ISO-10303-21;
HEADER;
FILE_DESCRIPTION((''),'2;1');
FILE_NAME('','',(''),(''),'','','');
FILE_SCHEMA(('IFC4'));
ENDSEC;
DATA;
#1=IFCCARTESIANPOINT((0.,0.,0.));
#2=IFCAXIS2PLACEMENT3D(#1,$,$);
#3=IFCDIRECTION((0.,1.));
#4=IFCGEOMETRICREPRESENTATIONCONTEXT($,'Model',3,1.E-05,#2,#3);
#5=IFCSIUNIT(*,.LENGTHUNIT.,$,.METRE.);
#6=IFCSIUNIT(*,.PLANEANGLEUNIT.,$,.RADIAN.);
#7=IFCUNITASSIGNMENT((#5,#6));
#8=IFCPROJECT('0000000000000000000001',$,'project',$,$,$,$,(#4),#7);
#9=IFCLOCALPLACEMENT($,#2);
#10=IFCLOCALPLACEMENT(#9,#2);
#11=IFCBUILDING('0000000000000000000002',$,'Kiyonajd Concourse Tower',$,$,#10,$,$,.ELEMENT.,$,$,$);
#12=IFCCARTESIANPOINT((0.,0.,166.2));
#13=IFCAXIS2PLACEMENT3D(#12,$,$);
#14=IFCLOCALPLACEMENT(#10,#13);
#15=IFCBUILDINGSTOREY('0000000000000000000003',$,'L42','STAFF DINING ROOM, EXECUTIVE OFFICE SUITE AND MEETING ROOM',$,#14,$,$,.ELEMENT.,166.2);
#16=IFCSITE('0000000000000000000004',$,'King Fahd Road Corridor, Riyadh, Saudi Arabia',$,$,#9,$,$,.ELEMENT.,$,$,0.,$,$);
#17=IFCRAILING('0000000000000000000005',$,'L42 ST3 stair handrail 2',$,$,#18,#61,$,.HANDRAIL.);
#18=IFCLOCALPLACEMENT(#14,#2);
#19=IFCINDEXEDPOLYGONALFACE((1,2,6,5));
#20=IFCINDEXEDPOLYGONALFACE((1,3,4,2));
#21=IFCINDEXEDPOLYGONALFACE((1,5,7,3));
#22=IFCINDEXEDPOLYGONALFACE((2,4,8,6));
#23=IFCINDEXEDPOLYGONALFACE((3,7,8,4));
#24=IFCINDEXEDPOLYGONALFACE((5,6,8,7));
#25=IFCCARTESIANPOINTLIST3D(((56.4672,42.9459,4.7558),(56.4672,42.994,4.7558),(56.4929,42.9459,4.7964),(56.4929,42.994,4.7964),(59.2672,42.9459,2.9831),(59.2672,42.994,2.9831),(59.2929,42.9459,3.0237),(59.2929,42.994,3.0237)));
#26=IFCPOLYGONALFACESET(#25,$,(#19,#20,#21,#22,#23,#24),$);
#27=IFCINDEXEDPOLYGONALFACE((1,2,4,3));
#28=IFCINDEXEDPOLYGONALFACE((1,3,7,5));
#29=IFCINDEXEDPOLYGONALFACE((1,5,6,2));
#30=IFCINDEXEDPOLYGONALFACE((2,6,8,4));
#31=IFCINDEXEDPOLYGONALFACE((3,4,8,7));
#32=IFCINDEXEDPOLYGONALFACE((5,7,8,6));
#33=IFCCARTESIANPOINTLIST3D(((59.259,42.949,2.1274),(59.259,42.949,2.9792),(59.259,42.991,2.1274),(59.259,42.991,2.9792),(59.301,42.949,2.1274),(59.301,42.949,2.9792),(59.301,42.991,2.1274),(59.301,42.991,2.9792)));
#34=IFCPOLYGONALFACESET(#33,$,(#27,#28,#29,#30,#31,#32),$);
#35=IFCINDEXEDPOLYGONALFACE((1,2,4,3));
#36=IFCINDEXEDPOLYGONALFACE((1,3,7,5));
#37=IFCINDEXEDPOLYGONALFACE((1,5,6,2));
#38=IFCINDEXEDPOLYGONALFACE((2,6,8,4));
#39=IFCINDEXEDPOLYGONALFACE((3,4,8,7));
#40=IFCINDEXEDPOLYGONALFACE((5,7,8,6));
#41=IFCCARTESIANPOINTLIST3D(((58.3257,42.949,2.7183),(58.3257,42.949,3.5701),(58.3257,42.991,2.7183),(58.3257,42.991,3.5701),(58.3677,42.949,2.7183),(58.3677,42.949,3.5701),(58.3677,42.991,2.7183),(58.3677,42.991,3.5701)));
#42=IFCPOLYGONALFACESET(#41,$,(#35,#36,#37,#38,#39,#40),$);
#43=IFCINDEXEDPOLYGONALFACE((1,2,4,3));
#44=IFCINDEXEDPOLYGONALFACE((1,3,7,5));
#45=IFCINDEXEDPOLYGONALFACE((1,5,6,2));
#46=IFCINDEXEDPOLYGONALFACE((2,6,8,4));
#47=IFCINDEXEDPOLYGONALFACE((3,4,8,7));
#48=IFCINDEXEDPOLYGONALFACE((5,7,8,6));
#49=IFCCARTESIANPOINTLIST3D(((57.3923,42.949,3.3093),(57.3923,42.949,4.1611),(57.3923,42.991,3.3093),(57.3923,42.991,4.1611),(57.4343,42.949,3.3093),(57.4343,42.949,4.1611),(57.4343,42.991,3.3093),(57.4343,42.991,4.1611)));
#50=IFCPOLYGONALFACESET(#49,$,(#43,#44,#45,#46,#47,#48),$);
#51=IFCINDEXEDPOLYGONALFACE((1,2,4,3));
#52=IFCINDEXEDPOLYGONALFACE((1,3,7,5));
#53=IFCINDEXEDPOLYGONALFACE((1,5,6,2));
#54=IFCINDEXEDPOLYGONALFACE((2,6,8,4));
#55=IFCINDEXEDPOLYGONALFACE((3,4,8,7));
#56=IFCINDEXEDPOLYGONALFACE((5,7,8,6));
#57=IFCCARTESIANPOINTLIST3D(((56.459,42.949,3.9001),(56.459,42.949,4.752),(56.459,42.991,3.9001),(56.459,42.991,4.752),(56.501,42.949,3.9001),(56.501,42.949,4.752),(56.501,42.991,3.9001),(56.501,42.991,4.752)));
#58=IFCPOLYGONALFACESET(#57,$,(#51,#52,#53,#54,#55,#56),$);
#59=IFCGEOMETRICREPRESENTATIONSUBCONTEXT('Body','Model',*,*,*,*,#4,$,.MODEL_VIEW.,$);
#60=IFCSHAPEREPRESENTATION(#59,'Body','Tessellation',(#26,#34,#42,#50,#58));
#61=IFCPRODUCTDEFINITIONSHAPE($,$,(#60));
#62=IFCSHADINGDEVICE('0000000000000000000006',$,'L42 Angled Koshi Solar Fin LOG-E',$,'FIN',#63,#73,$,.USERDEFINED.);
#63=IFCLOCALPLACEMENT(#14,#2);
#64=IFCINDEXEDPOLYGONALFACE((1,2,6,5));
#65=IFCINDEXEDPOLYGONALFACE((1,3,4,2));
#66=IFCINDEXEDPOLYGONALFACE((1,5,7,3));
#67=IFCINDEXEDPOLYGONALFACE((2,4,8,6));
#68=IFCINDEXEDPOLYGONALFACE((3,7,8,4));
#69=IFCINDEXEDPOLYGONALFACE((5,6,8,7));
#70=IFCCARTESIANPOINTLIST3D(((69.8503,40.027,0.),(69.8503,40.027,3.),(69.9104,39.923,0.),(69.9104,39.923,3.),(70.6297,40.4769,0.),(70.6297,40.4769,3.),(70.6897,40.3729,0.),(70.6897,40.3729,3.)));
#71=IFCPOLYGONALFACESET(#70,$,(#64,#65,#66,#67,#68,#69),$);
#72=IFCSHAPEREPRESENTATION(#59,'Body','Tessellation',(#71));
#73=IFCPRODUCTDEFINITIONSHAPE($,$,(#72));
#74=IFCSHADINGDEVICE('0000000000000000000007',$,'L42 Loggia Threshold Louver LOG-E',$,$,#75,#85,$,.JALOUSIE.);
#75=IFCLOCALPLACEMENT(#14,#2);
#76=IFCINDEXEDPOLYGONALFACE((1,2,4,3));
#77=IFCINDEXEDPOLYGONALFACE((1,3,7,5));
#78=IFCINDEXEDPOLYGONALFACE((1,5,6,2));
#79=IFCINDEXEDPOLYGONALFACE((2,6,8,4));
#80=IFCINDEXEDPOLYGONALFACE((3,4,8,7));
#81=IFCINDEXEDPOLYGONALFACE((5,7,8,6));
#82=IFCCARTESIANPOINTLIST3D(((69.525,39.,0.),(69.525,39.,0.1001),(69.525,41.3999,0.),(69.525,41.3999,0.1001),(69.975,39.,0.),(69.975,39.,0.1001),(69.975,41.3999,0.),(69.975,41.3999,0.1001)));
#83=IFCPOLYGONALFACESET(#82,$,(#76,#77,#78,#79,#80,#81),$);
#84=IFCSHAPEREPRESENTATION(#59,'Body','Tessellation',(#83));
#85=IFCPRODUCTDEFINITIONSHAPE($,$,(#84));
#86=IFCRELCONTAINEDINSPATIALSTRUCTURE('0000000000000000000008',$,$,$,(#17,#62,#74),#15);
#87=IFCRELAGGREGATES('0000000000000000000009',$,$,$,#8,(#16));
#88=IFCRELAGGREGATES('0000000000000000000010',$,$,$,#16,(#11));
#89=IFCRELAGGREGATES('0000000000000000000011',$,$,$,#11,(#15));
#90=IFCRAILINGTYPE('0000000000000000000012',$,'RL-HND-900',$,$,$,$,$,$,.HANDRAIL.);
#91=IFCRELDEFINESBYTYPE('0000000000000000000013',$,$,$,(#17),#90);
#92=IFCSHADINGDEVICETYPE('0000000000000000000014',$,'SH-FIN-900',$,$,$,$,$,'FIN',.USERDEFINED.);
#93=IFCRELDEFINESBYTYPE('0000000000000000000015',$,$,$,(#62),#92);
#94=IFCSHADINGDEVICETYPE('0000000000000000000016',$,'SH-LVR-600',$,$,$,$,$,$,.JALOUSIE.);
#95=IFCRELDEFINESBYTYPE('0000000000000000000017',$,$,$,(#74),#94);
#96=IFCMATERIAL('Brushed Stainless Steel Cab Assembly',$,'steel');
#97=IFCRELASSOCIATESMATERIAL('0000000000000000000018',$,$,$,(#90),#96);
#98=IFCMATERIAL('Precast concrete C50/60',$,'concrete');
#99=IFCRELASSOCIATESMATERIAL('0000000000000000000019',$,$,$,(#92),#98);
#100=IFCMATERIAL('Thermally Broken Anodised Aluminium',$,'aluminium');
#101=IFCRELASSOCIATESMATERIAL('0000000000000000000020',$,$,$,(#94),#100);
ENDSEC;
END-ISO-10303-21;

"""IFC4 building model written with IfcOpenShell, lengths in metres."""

from ifc_helpers import new_model, si_unit, direction, frame, origin, origin_2d, place, context, subcontext, project, spatial, rectangle, extrude, material, type_object, element, save


model = new_model("IFC4")

# Units and contexts
model_context = context("Model", 3, precision=1e-05, world=origin(), true_north=direction((0.0, 1.0)))
body_context = subcontext(model_context, "Body", "Model", "MODEL_VIEW")
ifc_project = project(units=[si_unit("LENGTHUNIT", "METRE"), si_unit("PLANEANGLEUNIT", "RADIAN")], contexts=[model_context])

# Site, building, storey
site_placement = place(None, origin())
site = spatial("IfcSite", under=ifc_project, at=site_placement, Name="King Fahd Road Corridor, Riyadh, Saudi Arabia", CompositionType="ELEMENT", RefElevation=0.0)
building_placement = place(site_placement, origin())
building = spatial("IfcBuilding", under=site, at=building_placement, Name="Kiyonajd Concourse Tower", CompositionType="ELEMENT")
storey_placement = place(building_placement, frame((0.0, 0.0, 166.2)))
storey = spatial("IfcBuildingStorey", under=building, at=storey_placement, Name="L42", Description="STAFF DINING ROOM, EXECUTIVE OFFICE SUITE AND MEETING ROOM", CompositionType="ELEMENT", Elevation=166.2)

# Shared definitions
ifc_material_1 = material(Name="Thermally Broken Anodised Aluminium", Category="aluminium")

# Shared definitions
ifc_material_2 = material(Name="Precast concrete C50/60", Category="concrete")

# Railing
ifc_material_3 = material(Name="Brushed Stainless Steel Cab Assembly", Category="steel")
railing_type_1 = type_object("IfcRailingType", Name="RL-HND-900", PredefinedType="HANDRAIL", material=ifc_material_3)
railing_1_placement = place(storey_placement, frame((59.28, 42.97, 2.1274)))
element("IfcRailing", 1, at=railing_1_placement, inside=storey, type_object=railing_type_1, Name="L42 ST3 stair handrail 2", PredefinedType="HANDRAIL", context=body_context, shape_type="SweptSolid", body=[
    extrude(rectangle(XDim=0.0481, YDim=0.0481, at=origin_2d()), frame((0.0, 0.0, 0.876), z_axis=(-0.844909, 0.0, 0.53491), x_axis=(0.0, -1.0, 0.0)), (0.0, 0.0, 1.0), 3.314),
    extrude(rectangle(XDim=0.042, YDim=0.042, at=origin_2d()), origin(), (0.0, 0.0, 1.0), 0.8518),
    extrude(rectangle(XDim=0.042, YDim=0.042, at=origin_2d()), frame((-0.9333, 0.0, 0.5908)), (0.0, 0.0, 1.0), 0.8518),
    extrude(rectangle(XDim=0.042, YDim=0.042, at=origin_2d()), frame((-1.8667, 0.0, 1.1819)), (0.0, 0.0, 1.0), 0.8518),
    extrude(rectangle(XDim=0.042, YDim=0.042, at=origin_2d()), frame((-2.8, 0.0, 1.7727)), (0.0, 0.0, 1.0), 0.8518),
])

# Shading devices
shading_device_type_1 = type_object("IfcShadingDeviceType", Name="SH-FIN-900", ElementType="FIN", PredefinedType="USERDEFINED", material=ifc_material_2)
shading_device_1_placement = place(storey_placement, frame((70.27, 40.2, 0.0), z_axis=(0.0, 0.0, 1.0), x_axis=(0.866025, 0.5, 0.0)))
element("IfcShadingDevice", 2, at=shading_device_1_placement, inside=storey, type_object=shading_device_type_1, Name="L42 Angled Koshi Solar Fin LOG-E", ObjectType="FIN", PredefinedType="USERDEFINED", context=body_context, shape_type="SweptSolid", body=[
    extrude(rectangle(XDim=0.8999, YDim=0.1201, at=origin_2d()), origin(), (0.0, 0.0, 1.0), 3.0),
])
shading_device_type_2 = type_object("IfcShadingDeviceType", Name="SH-LVR-600", PredefinedType="JALOUSIE", material=ifc_material_1)
shading_device_2_placement = place(storey_placement, frame((69.75, 40.2, 0.0), z_axis=(0.0, 0.0, 1.0), x_axis=(0.0, 1.0, 0.0)))
element("IfcShadingDevice", 3, at=shading_device_2_placement, inside=storey, type_object=shading_device_type_2, Name="L42 Loggia Threshold Louver LOG-E", PredefinedType="JALOUSIE", context=body_context, shape_type="SweptSolid", body=[
    extrude(rectangle(XDim=2.3999, YDim=0.45, at=origin_2d()), origin(), (0.0, 0.0, 1.0), 0.1001),
])

save(model, "model.ifc")
